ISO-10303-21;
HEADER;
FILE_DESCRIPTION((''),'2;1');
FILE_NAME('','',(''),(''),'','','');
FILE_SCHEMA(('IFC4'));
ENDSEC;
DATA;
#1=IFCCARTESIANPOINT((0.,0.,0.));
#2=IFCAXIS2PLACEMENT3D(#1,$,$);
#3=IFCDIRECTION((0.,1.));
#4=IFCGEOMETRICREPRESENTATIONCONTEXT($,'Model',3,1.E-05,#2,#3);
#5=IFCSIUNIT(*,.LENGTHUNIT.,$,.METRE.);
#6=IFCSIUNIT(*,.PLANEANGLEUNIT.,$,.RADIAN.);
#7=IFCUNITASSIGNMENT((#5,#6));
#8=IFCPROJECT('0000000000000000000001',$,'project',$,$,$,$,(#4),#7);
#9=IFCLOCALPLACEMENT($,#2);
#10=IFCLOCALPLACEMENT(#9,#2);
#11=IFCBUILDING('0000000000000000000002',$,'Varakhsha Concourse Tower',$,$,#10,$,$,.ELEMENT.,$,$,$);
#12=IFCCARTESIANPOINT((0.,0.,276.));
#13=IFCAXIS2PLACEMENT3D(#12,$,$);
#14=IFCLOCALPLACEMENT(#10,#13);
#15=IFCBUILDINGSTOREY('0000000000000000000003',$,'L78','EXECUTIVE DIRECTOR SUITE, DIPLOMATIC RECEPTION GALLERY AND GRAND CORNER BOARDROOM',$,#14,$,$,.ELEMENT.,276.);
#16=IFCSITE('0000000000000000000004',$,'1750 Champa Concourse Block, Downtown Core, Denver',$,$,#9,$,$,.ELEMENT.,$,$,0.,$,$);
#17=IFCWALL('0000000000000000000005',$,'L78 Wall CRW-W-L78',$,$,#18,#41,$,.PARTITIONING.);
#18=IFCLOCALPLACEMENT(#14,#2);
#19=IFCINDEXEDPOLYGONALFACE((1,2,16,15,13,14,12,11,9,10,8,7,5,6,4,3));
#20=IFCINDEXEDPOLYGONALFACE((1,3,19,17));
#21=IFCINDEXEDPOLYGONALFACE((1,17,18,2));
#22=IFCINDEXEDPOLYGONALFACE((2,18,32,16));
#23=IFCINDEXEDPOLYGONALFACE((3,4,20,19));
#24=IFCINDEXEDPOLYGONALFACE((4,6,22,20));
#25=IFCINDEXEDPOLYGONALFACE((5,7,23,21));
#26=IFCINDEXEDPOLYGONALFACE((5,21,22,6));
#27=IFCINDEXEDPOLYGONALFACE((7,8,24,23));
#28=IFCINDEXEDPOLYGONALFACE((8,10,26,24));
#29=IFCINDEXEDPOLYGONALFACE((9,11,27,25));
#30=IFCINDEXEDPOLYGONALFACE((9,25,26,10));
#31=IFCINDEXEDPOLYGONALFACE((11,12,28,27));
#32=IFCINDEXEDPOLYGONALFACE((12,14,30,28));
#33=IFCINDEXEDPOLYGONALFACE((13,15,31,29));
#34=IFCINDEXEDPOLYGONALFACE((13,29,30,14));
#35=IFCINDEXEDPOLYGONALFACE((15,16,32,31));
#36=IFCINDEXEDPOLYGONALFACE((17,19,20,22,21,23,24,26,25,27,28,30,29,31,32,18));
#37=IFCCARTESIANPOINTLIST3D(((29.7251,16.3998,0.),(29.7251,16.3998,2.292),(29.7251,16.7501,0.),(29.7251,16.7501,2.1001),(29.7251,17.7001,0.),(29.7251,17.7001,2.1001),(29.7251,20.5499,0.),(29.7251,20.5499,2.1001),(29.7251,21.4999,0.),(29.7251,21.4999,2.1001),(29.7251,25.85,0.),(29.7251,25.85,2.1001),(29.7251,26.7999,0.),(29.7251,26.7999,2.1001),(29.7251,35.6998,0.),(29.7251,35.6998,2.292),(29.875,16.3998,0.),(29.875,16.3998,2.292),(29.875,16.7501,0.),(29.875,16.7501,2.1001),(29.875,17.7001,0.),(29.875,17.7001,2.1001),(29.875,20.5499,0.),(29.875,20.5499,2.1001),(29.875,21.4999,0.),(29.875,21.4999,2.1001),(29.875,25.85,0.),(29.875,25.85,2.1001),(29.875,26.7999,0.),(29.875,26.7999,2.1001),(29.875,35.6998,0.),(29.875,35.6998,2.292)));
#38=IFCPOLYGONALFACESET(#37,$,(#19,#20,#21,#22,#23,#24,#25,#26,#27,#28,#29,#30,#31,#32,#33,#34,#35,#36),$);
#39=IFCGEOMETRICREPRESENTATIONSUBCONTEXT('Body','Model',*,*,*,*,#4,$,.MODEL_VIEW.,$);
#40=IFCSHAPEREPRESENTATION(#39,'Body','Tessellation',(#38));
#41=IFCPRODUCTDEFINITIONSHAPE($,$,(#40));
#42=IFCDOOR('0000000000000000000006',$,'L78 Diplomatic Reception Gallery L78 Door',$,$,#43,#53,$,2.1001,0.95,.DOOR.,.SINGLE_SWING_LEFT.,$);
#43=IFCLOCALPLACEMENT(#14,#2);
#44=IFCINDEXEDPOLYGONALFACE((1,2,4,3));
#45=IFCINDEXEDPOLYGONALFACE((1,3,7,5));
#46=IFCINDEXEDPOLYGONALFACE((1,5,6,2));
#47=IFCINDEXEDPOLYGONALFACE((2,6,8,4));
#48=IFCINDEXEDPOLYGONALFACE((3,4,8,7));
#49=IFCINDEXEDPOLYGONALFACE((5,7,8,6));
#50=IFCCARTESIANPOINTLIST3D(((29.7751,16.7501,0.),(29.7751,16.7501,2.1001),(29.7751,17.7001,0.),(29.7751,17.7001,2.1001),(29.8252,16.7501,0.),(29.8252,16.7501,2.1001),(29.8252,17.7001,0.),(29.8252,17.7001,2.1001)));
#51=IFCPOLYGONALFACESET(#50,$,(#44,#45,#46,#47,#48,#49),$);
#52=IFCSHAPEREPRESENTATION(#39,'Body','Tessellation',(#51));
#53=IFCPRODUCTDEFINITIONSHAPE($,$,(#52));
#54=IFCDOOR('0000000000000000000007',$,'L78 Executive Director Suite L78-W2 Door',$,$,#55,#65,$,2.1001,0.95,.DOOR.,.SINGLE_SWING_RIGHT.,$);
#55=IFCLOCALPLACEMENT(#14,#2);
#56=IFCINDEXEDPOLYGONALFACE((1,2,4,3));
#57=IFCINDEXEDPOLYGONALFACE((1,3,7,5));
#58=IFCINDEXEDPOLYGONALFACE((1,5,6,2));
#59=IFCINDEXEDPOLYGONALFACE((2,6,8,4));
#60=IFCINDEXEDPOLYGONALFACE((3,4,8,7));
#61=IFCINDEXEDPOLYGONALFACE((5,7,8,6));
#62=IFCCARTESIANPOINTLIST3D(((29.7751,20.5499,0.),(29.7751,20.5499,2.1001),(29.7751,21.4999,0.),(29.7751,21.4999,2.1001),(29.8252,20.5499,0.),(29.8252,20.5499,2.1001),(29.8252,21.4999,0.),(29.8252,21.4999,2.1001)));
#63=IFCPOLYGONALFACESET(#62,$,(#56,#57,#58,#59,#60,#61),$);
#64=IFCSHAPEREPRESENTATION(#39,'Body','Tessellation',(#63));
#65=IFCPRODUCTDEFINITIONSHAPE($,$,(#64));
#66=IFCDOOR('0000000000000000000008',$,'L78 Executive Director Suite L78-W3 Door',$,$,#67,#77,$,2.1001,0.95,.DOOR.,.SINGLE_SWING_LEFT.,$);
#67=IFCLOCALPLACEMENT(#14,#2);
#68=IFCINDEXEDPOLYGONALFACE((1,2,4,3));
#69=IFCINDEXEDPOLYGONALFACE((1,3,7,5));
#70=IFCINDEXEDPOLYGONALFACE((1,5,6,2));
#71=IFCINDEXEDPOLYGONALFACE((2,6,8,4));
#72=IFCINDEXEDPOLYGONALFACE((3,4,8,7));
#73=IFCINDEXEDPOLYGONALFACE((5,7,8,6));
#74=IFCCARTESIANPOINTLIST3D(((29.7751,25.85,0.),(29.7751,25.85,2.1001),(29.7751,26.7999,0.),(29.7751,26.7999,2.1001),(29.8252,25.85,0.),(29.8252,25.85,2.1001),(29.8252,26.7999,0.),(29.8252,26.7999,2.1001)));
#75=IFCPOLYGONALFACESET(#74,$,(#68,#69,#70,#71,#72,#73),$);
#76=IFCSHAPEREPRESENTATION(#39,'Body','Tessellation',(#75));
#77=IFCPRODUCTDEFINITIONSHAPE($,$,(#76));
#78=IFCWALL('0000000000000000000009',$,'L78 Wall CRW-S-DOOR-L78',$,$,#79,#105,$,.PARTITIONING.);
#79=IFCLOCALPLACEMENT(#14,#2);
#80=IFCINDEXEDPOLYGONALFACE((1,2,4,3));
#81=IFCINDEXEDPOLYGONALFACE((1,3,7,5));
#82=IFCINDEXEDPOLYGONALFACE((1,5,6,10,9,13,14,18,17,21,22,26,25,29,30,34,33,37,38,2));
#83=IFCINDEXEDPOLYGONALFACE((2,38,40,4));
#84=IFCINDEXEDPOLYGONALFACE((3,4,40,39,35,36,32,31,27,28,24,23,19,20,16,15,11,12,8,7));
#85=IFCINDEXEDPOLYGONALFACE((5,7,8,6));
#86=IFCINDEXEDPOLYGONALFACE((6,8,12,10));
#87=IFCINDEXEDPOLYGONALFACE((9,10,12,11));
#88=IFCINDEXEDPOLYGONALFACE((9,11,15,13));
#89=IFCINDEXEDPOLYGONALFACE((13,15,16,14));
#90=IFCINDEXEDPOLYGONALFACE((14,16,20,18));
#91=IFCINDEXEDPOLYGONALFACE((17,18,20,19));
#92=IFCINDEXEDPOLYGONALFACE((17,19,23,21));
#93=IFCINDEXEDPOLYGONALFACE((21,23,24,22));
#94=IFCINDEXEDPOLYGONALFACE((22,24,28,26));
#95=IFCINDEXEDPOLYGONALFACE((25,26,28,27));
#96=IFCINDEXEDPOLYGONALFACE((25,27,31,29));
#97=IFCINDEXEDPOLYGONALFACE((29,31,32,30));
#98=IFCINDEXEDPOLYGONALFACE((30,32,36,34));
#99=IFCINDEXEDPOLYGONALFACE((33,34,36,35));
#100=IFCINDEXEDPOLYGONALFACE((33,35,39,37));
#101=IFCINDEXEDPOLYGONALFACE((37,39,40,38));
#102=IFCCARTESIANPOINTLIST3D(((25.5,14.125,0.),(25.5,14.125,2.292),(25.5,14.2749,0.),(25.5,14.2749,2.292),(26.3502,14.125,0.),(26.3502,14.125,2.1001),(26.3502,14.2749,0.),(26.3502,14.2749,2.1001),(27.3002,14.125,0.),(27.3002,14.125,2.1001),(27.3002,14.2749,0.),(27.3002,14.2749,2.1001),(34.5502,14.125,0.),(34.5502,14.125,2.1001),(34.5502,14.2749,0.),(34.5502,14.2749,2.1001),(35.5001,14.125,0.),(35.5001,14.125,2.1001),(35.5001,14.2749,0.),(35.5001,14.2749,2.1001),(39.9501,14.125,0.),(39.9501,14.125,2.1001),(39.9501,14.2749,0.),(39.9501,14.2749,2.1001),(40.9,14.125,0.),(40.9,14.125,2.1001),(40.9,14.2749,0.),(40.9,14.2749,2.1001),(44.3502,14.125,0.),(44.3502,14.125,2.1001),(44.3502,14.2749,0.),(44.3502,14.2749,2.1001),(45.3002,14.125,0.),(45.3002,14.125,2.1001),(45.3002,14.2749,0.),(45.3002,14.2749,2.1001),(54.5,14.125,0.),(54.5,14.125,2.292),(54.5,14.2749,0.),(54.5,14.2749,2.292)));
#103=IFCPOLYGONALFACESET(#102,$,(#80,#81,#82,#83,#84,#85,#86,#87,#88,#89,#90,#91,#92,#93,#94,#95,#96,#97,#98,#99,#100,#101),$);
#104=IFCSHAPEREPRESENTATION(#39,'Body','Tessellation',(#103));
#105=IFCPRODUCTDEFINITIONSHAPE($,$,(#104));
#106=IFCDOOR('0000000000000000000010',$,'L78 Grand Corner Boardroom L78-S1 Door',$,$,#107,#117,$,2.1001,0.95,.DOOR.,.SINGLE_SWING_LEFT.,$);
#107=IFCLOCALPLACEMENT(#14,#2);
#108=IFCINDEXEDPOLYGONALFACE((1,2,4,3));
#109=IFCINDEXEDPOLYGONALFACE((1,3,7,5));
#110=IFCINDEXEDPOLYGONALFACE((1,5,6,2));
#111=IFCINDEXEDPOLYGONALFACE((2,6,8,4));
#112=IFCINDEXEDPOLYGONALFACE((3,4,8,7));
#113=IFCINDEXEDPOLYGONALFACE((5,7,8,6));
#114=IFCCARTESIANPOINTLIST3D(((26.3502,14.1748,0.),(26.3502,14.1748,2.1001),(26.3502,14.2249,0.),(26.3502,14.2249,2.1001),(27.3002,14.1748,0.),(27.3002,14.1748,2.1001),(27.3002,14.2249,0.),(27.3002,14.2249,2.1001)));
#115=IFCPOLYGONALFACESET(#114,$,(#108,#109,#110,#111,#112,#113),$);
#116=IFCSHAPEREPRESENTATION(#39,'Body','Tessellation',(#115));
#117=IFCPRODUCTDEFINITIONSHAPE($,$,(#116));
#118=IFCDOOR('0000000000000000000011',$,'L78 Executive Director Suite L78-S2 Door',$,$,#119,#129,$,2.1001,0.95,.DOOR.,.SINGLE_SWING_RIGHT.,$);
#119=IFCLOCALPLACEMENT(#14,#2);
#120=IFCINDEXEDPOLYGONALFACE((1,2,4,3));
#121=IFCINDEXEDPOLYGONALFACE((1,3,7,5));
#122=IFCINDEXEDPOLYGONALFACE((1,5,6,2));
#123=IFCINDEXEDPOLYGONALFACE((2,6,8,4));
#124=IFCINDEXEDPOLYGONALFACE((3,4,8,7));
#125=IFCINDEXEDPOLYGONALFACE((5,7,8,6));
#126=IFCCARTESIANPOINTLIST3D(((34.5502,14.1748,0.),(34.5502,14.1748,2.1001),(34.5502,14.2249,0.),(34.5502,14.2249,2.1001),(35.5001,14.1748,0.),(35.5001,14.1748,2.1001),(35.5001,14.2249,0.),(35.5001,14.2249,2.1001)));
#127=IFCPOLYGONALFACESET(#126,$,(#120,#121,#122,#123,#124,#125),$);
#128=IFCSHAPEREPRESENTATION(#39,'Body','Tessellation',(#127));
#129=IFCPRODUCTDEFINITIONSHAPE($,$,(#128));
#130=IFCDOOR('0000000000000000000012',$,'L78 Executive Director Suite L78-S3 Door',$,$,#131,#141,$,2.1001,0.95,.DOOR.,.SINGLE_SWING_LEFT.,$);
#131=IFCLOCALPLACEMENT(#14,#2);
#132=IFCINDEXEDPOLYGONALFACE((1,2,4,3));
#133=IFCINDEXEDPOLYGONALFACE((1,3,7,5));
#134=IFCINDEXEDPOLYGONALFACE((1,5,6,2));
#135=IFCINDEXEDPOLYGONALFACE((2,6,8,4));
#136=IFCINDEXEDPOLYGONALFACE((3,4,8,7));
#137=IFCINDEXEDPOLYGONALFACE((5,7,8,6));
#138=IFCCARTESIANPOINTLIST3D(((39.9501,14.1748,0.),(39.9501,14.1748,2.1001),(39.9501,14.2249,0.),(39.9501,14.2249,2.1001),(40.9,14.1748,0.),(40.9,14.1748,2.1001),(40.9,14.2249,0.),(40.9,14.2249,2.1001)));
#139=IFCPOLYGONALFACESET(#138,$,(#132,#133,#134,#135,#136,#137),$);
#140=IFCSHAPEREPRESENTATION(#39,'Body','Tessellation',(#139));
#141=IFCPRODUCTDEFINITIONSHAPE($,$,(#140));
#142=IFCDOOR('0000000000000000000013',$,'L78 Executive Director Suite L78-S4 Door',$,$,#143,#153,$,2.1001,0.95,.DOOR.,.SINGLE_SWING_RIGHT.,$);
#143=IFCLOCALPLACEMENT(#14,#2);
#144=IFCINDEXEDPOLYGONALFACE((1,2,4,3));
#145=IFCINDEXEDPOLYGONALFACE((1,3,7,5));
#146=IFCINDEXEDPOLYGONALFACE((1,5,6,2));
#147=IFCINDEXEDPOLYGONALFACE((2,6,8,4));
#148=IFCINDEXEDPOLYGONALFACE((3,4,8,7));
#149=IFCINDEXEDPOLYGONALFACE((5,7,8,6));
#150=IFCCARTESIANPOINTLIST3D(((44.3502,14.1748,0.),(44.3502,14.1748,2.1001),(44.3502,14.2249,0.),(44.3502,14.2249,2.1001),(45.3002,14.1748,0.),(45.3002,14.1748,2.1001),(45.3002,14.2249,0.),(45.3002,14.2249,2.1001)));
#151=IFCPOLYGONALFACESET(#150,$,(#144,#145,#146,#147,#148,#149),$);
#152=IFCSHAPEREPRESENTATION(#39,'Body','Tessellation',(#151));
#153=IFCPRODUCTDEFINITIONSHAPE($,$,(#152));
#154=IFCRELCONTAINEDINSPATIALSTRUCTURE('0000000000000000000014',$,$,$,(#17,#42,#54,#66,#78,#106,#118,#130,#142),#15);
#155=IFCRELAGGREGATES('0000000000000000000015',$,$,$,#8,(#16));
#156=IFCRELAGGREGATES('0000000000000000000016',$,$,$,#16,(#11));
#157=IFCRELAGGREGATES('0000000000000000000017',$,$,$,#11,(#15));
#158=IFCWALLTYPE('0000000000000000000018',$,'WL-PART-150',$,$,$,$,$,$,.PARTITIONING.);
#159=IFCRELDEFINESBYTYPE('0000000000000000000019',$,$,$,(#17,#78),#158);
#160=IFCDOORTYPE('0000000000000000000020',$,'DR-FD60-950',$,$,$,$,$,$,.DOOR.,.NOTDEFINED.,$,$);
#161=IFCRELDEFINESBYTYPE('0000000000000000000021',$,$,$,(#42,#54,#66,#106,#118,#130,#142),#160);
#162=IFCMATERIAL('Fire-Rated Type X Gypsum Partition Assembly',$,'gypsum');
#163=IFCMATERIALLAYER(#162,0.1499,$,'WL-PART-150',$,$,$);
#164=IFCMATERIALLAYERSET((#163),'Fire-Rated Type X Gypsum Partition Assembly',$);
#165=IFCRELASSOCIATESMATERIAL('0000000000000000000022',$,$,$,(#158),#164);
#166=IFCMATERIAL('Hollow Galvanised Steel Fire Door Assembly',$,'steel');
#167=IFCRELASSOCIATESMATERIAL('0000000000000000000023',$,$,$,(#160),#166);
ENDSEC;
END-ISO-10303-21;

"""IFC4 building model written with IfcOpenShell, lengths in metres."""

from ifc_helpers import new_model, si_unit, direction, frame, frame_2d, origin, place, context, subcontext, project, spatial, rectangle, extrude, material, layer, layer_set, type_object, element, fill, save


model = new_model("IFC4")

# Units and contexts
model_context = context("Model", 3, precision=1e-05, world=origin(), true_north=direction((0.0, 1.0)))
body_context = subcontext(model_context, "Body", "Model", "MODEL_VIEW")
ifc_project = project(units=[si_unit("LENGTHUNIT", "METRE"), si_unit("PLANEANGLEUNIT", "RADIAN")], contexts=[model_context])

# Site, building, storey
site_placement = place(None, origin())
site = spatial("IfcSite", under=ifc_project, at=site_placement, Name="1750 Champa Concourse Block, Downtown Core, Denver", CompositionType="ELEMENT", RefElevation=0.0)
building_placement = place(site_placement, origin())
building = spatial("IfcBuilding", under=site, at=building_placement, Name="Varakhsha Concourse Tower", CompositionType="ELEMENT")
storey_placement = place(building_placement, frame((0.0, 0.0, 276.0)))
storey = spatial("IfcBuildingStorey", under=building, at=storey_placement, Name="L78", Description="EXECUTIVE DIRECTOR SUITE, DIPLOMATIC RECEPTION GALLERY AND GRAND CORNER BOARDROOM", CompositionType="ELEMENT", Elevation=276.0)

# Walls, openings, doors
ifc_material_1 = material(Name="Fire-Rated Type X Gypsum Partition Assembly", Category="gypsum")
ifc_layer_1 = layer(ifc_material_1, 0.1499, Name="WL-PART-150")
ifc_layer_set_1 = layer_set([ifc_layer_1], Name="Fire-Rated Type X Gypsum Partition Assembly")
wall_type = type_object("IfcWallType", Name="WL-PART-150", PredefinedType="PARTITIONING", material=ifc_layer_set_1)
wall_1_placement = place(storey_placement, frame((29.8, 16.3999, 0.0), z_axis=(0.0, 0.0, 1.0), x_axis=(0.0, 1.0, 0.0)))
wall_1 = element("IfcWall", 1, at=wall_1_placement, inside=storey, type_object=wall_type, Name="L78 Wall CRW-W-L78", PredefinedType="PARTITIONING", context=body_context, shape_type="SweptSolid", body=[
    extrude(rectangle(XDim=19.3, YDim=0.1499, at=frame_2d((9.6499, 0.0))), origin(), (0.0, 0.0, 1.0), 2.292),
])
opening_1_placement = place(wall_1_placement, frame((0.3501, 0.0, 0.0)))
opening_1 = element("IfcOpeningElement", 2, at=opening_1_placement, cuts=wall_1, PredefinedType="OPENING", context=body_context, shape_type="SweptSolid", body=[
    extrude(rectangle(XDim=0.95, YDim=2.1001, at=frame_2d((0.4751, 1.05))), frame((0.0, 0.085, 0.0), z_axis=(0.0, -1.0, 0.0), x_axis=(1.0, 0.0, 0.0)), (0.0, 0.0, 1.0), 0.1699),
])
opening_2_placement = place(wall_1_placement, frame((4.1499, 0.0, 0.0)))
opening_2 = element("IfcOpeningElement", 3, at=opening_2_placement, cuts=wall_1, PredefinedType="OPENING", context=body_context, shape_type="SweptSolid", body=[
    extrude(rectangle(XDim=0.95, YDim=2.1001, at=frame_2d((0.4751, 1.05))), frame((0.0, 0.085, 0.0), z_axis=(0.0, -1.0, 0.0), x_axis=(1.0, 0.0, 0.0)), (0.0, 0.0, 1.0), 0.1699),
])
opening_3_placement = place(wall_1_placement, frame((9.45, 0.0, 0.0)))
opening_3 = element("IfcOpeningElement", 4, at=opening_3_placement, cuts=wall_1, PredefinedType="OPENING", context=body_context, shape_type="SweptSolid", body=[
    extrude(rectangle(XDim=0.95, YDim=2.1001, at=frame_2d((0.4751, 1.05))), frame((0.0, 0.085, 0.0), z_axis=(0.0, -1.0, 0.0), x_axis=(1.0, 0.0, 0.0)), (0.0, 0.0, 1.0), 0.1699),
])
ifc_material_2 = material(Name="Hollow Galvanised Steel Fire Door Assembly", Category="steel")
door_type = type_object("IfcDoorType", Name="DR-FD60-950", OperationType="NOTDEFINED", PredefinedType="DOOR", material=ifc_material_2)
door_1_placement = place(opening_1_placement, origin())
door_1 = element("IfcDoor", 5, at=door_1_placement, inside=storey, type_object=door_type, Name="L78 Diplomatic Reception Gallery L78 Door", OperationType="SINGLE_SWING_LEFT", OverallHeight=2.1001, OverallWidth=0.95, PredefinedType="DOOR", context=body_context, shape_type="SweptSolid", body=[
    extrude(rectangle(XDim=0.95, YDim=2.1001, at=frame_2d((0.4751, 1.05))), frame((0.0, 0.0249, 0.0), z_axis=(0.0, -1.0, 0.0), x_axis=(1.0, 0.0, 0.0)), (0.0, 0.0, 1.0), 0.05),
])
fill(opening_1, door_1)
door_2_placement = place(opening_2_placement, origin())
door_2 = element("IfcDoor", 6, at=door_2_placement, inside=storey, type_object=door_type, Name="L78 Executive Director Suite L78-W2 Door", OperationType="SINGLE_SWING_RIGHT", OverallHeight=2.1001, OverallWidth=0.95, PredefinedType="DOOR", context=body_context, shape_type="SweptSolid", body=[
    extrude(rectangle(XDim=0.95, YDim=2.1001, at=frame_2d((0.4751, 1.05))), frame((0.0, 0.0249, 0.0), z_axis=(0.0, -1.0, 0.0), x_axis=(1.0, 0.0, 0.0)), (0.0, 0.0, 1.0), 0.05),
])
fill(opening_2, door_2)
door_3_placement = place(opening_3_placement, origin())
door_3 = element("IfcDoor", 7, at=door_3_placement, inside=storey, type_object=door_type, Name="L78 Executive Director Suite L78-W3 Door", OperationType="SINGLE_SWING_LEFT", OverallHeight=2.1001, OverallWidth=0.95, PredefinedType="DOOR", context=body_context, shape_type="SweptSolid", body=[
    extrude(rectangle(XDim=0.95, YDim=2.1001, at=frame_2d((0.4751, 1.05))), frame((0.0, 0.0249, 0.0), z_axis=(0.0, -1.0, 0.0), x_axis=(1.0, 0.0, 0.0)), (0.0, 0.0, 1.0), 0.05),
])
fill(opening_3, door_3)
wall_2_placement = place(storey_placement, frame((25.5, 14.2, 0.0), z_axis=(0.0, 0.0, 1.0), x_axis=(1.0, 0.0, 0.0)))
wall_2 = element("IfcWall", 8, at=wall_2_placement, inside=storey, type_object=wall_type, Name="L78 Wall CRW-S-DOOR-L78", PredefinedType="PARTITIONING", context=body_context, shape_type="SweptSolid", body=[
    extrude(rectangle(XDim=29.0, YDim=0.1499, at=frame_2d((14.5, 0.0))), origin(), (0.0, 0.0, 1.0), 2.292),
])
opening_4_placement = place(wall_2_placement, frame((0.8501, 0.0, 0.0)))
opening_4 = element("IfcOpeningElement", 9, at=opening_4_placement, cuts=wall_2, PredefinedType="OPENING", context=body_context, shape_type="SweptSolid", body=[
    extrude(rectangle(XDim=0.95, YDim=2.1001, at=frame_2d((0.4751, 1.05))), frame((0.0, 0.085, 0.0), z_axis=(0.0, -1.0, 0.0), x_axis=(1.0, 0.0, 0.0)), (0.0, 0.0, 1.0), 0.1699),
])
opening_5_placement = place(wall_2_placement, frame((9.05, 0.0, 0.0)))
opening_5 = element("IfcOpeningElement", 10, at=opening_5_placement, cuts=wall_2, PredefinedType="OPENING", context=body_context, shape_type="SweptSolid", body=[
    extrude(rectangle(XDim=0.95, YDim=2.1001, at=frame_2d((0.4751, 1.05))), frame((0.0, 0.085, 0.0), z_axis=(0.0, -1.0, 0.0), x_axis=(1.0, 0.0, 0.0)), (0.0, 0.0, 1.0), 0.1699),
])
opening_6_placement = place(wall_2_placement, frame((14.45, 0.0, 0.0)))
opening_6 = element("IfcOpeningElement", 11, at=opening_6_placement, cuts=wall_2, PredefinedType="OPENING", context=body_context, shape_type="SweptSolid", body=[
    extrude(rectangle(XDim=0.95, YDim=2.1001, at=frame_2d((0.4751, 1.05))), frame((0.0, 0.085, 0.0), z_axis=(0.0, -1.0, 0.0), x_axis=(1.0, 0.0, 0.0)), (0.0, 0.0, 1.0), 0.1699),
])
opening_7_placement = place(wall_2_placement, frame((18.8501, 0.0, 0.0)))
opening_7 = element("IfcOpeningElement", 12, at=opening_7_placement, cuts=wall_2, PredefinedType="OPENING", context=body_context, shape_type="SweptSolid", body=[
    extrude(rectangle(XDim=0.95, YDim=2.1001, at=frame_2d((0.4751, 1.05))), frame((0.0, 0.085, 0.0), z_axis=(0.0, -1.0, 0.0), x_axis=(1.0, 0.0, 0.0)), (0.0, 0.0, 1.0), 0.1699),
])
door_4_placement = place(opening_4_placement, origin())
door_4 = element("IfcDoor", 13, at=door_4_placement, inside=storey, type_object=door_type, Name="L78 Grand Corner Boardroom L78-S1 Door", OperationType="SINGLE_SWING_LEFT", OverallHeight=2.1001, OverallWidth=0.95, PredefinedType="DOOR", context=body_context, shape_type="SweptSolid", body=[
    extrude(rectangle(XDim=0.95, YDim=2.1001, at=frame_2d((0.4751, 1.05))), frame((0.0, 0.0249, 0.0), z_axis=(0.0, -1.0, 0.0), x_axis=(1.0, 0.0, 0.0)), (0.0, 0.0, 1.0), 0.05),
])
fill(opening_4, door_4)
door_5_placement = place(opening_5_placement, origin())
door_5 = element("IfcDoor", 14, at=door_5_placement, inside=storey, type_object=door_type, Name="L78 Executive Director Suite L78-S2 Door", OperationType="SINGLE_SWING_RIGHT", OverallHeight=2.1001, OverallWidth=0.95, PredefinedType="DOOR", context=body_context, shape_type="SweptSolid", body=[
    extrude(rectangle(XDim=0.95, YDim=2.1001, at=frame_2d((0.4751, 1.05))), frame((0.0, 0.0249, 0.0), z_axis=(0.0, -1.0, 0.0), x_axis=(1.0, 0.0, 0.0)), (0.0, 0.0, 1.0), 0.05),
])
fill(opening_5, door_5)
door_6_placement = place(opening_6_placement, origin())
door_6 = element("IfcDoor", 15, at=door_6_placement, inside=storey, type_object=door_type, Name="L78 Executive Director Suite L78-S3 Door", OperationType="SINGLE_SWING_LEFT", OverallHeight=2.1001, OverallWidth=0.95, PredefinedType="DOOR", context=body_context, shape_type="SweptSolid", body=[
    extrude(rectangle(XDim=0.95, YDim=2.1001, at=frame_2d((0.4751, 1.05))), frame((0.0, 0.0249, 0.0), z_axis=(0.0, -1.0, 0.0), x_axis=(1.0, 0.0, 0.0)), (0.0, 0.0, 1.0), 0.05),
])
fill(opening_6, door_6)
door_7_placement = place(opening_7_placement, origin())
door_7 = element("IfcDoor", 16, at=door_7_placement, inside=storey, type_object=door_type, Name="L78 Executive Director Suite L78-S4 Door", OperationType="SINGLE_SWING_RIGHT", OverallHeight=2.1001, OverallWidth=0.95, PredefinedType="DOOR", context=body_context, shape_type="SweptSolid", body=[
    extrude(rectangle(XDim=0.95, YDim=2.1001, at=frame_2d((0.4751, 1.05))), frame((0.0, 0.0249, 0.0), z_axis=(0.0, -1.0, 0.0), x_axis=(1.0, 0.0, 0.0)), (0.0, 0.0, 1.0), 0.05),
])
fill(opening_7, door_7)

save(model, "model.ifc")
